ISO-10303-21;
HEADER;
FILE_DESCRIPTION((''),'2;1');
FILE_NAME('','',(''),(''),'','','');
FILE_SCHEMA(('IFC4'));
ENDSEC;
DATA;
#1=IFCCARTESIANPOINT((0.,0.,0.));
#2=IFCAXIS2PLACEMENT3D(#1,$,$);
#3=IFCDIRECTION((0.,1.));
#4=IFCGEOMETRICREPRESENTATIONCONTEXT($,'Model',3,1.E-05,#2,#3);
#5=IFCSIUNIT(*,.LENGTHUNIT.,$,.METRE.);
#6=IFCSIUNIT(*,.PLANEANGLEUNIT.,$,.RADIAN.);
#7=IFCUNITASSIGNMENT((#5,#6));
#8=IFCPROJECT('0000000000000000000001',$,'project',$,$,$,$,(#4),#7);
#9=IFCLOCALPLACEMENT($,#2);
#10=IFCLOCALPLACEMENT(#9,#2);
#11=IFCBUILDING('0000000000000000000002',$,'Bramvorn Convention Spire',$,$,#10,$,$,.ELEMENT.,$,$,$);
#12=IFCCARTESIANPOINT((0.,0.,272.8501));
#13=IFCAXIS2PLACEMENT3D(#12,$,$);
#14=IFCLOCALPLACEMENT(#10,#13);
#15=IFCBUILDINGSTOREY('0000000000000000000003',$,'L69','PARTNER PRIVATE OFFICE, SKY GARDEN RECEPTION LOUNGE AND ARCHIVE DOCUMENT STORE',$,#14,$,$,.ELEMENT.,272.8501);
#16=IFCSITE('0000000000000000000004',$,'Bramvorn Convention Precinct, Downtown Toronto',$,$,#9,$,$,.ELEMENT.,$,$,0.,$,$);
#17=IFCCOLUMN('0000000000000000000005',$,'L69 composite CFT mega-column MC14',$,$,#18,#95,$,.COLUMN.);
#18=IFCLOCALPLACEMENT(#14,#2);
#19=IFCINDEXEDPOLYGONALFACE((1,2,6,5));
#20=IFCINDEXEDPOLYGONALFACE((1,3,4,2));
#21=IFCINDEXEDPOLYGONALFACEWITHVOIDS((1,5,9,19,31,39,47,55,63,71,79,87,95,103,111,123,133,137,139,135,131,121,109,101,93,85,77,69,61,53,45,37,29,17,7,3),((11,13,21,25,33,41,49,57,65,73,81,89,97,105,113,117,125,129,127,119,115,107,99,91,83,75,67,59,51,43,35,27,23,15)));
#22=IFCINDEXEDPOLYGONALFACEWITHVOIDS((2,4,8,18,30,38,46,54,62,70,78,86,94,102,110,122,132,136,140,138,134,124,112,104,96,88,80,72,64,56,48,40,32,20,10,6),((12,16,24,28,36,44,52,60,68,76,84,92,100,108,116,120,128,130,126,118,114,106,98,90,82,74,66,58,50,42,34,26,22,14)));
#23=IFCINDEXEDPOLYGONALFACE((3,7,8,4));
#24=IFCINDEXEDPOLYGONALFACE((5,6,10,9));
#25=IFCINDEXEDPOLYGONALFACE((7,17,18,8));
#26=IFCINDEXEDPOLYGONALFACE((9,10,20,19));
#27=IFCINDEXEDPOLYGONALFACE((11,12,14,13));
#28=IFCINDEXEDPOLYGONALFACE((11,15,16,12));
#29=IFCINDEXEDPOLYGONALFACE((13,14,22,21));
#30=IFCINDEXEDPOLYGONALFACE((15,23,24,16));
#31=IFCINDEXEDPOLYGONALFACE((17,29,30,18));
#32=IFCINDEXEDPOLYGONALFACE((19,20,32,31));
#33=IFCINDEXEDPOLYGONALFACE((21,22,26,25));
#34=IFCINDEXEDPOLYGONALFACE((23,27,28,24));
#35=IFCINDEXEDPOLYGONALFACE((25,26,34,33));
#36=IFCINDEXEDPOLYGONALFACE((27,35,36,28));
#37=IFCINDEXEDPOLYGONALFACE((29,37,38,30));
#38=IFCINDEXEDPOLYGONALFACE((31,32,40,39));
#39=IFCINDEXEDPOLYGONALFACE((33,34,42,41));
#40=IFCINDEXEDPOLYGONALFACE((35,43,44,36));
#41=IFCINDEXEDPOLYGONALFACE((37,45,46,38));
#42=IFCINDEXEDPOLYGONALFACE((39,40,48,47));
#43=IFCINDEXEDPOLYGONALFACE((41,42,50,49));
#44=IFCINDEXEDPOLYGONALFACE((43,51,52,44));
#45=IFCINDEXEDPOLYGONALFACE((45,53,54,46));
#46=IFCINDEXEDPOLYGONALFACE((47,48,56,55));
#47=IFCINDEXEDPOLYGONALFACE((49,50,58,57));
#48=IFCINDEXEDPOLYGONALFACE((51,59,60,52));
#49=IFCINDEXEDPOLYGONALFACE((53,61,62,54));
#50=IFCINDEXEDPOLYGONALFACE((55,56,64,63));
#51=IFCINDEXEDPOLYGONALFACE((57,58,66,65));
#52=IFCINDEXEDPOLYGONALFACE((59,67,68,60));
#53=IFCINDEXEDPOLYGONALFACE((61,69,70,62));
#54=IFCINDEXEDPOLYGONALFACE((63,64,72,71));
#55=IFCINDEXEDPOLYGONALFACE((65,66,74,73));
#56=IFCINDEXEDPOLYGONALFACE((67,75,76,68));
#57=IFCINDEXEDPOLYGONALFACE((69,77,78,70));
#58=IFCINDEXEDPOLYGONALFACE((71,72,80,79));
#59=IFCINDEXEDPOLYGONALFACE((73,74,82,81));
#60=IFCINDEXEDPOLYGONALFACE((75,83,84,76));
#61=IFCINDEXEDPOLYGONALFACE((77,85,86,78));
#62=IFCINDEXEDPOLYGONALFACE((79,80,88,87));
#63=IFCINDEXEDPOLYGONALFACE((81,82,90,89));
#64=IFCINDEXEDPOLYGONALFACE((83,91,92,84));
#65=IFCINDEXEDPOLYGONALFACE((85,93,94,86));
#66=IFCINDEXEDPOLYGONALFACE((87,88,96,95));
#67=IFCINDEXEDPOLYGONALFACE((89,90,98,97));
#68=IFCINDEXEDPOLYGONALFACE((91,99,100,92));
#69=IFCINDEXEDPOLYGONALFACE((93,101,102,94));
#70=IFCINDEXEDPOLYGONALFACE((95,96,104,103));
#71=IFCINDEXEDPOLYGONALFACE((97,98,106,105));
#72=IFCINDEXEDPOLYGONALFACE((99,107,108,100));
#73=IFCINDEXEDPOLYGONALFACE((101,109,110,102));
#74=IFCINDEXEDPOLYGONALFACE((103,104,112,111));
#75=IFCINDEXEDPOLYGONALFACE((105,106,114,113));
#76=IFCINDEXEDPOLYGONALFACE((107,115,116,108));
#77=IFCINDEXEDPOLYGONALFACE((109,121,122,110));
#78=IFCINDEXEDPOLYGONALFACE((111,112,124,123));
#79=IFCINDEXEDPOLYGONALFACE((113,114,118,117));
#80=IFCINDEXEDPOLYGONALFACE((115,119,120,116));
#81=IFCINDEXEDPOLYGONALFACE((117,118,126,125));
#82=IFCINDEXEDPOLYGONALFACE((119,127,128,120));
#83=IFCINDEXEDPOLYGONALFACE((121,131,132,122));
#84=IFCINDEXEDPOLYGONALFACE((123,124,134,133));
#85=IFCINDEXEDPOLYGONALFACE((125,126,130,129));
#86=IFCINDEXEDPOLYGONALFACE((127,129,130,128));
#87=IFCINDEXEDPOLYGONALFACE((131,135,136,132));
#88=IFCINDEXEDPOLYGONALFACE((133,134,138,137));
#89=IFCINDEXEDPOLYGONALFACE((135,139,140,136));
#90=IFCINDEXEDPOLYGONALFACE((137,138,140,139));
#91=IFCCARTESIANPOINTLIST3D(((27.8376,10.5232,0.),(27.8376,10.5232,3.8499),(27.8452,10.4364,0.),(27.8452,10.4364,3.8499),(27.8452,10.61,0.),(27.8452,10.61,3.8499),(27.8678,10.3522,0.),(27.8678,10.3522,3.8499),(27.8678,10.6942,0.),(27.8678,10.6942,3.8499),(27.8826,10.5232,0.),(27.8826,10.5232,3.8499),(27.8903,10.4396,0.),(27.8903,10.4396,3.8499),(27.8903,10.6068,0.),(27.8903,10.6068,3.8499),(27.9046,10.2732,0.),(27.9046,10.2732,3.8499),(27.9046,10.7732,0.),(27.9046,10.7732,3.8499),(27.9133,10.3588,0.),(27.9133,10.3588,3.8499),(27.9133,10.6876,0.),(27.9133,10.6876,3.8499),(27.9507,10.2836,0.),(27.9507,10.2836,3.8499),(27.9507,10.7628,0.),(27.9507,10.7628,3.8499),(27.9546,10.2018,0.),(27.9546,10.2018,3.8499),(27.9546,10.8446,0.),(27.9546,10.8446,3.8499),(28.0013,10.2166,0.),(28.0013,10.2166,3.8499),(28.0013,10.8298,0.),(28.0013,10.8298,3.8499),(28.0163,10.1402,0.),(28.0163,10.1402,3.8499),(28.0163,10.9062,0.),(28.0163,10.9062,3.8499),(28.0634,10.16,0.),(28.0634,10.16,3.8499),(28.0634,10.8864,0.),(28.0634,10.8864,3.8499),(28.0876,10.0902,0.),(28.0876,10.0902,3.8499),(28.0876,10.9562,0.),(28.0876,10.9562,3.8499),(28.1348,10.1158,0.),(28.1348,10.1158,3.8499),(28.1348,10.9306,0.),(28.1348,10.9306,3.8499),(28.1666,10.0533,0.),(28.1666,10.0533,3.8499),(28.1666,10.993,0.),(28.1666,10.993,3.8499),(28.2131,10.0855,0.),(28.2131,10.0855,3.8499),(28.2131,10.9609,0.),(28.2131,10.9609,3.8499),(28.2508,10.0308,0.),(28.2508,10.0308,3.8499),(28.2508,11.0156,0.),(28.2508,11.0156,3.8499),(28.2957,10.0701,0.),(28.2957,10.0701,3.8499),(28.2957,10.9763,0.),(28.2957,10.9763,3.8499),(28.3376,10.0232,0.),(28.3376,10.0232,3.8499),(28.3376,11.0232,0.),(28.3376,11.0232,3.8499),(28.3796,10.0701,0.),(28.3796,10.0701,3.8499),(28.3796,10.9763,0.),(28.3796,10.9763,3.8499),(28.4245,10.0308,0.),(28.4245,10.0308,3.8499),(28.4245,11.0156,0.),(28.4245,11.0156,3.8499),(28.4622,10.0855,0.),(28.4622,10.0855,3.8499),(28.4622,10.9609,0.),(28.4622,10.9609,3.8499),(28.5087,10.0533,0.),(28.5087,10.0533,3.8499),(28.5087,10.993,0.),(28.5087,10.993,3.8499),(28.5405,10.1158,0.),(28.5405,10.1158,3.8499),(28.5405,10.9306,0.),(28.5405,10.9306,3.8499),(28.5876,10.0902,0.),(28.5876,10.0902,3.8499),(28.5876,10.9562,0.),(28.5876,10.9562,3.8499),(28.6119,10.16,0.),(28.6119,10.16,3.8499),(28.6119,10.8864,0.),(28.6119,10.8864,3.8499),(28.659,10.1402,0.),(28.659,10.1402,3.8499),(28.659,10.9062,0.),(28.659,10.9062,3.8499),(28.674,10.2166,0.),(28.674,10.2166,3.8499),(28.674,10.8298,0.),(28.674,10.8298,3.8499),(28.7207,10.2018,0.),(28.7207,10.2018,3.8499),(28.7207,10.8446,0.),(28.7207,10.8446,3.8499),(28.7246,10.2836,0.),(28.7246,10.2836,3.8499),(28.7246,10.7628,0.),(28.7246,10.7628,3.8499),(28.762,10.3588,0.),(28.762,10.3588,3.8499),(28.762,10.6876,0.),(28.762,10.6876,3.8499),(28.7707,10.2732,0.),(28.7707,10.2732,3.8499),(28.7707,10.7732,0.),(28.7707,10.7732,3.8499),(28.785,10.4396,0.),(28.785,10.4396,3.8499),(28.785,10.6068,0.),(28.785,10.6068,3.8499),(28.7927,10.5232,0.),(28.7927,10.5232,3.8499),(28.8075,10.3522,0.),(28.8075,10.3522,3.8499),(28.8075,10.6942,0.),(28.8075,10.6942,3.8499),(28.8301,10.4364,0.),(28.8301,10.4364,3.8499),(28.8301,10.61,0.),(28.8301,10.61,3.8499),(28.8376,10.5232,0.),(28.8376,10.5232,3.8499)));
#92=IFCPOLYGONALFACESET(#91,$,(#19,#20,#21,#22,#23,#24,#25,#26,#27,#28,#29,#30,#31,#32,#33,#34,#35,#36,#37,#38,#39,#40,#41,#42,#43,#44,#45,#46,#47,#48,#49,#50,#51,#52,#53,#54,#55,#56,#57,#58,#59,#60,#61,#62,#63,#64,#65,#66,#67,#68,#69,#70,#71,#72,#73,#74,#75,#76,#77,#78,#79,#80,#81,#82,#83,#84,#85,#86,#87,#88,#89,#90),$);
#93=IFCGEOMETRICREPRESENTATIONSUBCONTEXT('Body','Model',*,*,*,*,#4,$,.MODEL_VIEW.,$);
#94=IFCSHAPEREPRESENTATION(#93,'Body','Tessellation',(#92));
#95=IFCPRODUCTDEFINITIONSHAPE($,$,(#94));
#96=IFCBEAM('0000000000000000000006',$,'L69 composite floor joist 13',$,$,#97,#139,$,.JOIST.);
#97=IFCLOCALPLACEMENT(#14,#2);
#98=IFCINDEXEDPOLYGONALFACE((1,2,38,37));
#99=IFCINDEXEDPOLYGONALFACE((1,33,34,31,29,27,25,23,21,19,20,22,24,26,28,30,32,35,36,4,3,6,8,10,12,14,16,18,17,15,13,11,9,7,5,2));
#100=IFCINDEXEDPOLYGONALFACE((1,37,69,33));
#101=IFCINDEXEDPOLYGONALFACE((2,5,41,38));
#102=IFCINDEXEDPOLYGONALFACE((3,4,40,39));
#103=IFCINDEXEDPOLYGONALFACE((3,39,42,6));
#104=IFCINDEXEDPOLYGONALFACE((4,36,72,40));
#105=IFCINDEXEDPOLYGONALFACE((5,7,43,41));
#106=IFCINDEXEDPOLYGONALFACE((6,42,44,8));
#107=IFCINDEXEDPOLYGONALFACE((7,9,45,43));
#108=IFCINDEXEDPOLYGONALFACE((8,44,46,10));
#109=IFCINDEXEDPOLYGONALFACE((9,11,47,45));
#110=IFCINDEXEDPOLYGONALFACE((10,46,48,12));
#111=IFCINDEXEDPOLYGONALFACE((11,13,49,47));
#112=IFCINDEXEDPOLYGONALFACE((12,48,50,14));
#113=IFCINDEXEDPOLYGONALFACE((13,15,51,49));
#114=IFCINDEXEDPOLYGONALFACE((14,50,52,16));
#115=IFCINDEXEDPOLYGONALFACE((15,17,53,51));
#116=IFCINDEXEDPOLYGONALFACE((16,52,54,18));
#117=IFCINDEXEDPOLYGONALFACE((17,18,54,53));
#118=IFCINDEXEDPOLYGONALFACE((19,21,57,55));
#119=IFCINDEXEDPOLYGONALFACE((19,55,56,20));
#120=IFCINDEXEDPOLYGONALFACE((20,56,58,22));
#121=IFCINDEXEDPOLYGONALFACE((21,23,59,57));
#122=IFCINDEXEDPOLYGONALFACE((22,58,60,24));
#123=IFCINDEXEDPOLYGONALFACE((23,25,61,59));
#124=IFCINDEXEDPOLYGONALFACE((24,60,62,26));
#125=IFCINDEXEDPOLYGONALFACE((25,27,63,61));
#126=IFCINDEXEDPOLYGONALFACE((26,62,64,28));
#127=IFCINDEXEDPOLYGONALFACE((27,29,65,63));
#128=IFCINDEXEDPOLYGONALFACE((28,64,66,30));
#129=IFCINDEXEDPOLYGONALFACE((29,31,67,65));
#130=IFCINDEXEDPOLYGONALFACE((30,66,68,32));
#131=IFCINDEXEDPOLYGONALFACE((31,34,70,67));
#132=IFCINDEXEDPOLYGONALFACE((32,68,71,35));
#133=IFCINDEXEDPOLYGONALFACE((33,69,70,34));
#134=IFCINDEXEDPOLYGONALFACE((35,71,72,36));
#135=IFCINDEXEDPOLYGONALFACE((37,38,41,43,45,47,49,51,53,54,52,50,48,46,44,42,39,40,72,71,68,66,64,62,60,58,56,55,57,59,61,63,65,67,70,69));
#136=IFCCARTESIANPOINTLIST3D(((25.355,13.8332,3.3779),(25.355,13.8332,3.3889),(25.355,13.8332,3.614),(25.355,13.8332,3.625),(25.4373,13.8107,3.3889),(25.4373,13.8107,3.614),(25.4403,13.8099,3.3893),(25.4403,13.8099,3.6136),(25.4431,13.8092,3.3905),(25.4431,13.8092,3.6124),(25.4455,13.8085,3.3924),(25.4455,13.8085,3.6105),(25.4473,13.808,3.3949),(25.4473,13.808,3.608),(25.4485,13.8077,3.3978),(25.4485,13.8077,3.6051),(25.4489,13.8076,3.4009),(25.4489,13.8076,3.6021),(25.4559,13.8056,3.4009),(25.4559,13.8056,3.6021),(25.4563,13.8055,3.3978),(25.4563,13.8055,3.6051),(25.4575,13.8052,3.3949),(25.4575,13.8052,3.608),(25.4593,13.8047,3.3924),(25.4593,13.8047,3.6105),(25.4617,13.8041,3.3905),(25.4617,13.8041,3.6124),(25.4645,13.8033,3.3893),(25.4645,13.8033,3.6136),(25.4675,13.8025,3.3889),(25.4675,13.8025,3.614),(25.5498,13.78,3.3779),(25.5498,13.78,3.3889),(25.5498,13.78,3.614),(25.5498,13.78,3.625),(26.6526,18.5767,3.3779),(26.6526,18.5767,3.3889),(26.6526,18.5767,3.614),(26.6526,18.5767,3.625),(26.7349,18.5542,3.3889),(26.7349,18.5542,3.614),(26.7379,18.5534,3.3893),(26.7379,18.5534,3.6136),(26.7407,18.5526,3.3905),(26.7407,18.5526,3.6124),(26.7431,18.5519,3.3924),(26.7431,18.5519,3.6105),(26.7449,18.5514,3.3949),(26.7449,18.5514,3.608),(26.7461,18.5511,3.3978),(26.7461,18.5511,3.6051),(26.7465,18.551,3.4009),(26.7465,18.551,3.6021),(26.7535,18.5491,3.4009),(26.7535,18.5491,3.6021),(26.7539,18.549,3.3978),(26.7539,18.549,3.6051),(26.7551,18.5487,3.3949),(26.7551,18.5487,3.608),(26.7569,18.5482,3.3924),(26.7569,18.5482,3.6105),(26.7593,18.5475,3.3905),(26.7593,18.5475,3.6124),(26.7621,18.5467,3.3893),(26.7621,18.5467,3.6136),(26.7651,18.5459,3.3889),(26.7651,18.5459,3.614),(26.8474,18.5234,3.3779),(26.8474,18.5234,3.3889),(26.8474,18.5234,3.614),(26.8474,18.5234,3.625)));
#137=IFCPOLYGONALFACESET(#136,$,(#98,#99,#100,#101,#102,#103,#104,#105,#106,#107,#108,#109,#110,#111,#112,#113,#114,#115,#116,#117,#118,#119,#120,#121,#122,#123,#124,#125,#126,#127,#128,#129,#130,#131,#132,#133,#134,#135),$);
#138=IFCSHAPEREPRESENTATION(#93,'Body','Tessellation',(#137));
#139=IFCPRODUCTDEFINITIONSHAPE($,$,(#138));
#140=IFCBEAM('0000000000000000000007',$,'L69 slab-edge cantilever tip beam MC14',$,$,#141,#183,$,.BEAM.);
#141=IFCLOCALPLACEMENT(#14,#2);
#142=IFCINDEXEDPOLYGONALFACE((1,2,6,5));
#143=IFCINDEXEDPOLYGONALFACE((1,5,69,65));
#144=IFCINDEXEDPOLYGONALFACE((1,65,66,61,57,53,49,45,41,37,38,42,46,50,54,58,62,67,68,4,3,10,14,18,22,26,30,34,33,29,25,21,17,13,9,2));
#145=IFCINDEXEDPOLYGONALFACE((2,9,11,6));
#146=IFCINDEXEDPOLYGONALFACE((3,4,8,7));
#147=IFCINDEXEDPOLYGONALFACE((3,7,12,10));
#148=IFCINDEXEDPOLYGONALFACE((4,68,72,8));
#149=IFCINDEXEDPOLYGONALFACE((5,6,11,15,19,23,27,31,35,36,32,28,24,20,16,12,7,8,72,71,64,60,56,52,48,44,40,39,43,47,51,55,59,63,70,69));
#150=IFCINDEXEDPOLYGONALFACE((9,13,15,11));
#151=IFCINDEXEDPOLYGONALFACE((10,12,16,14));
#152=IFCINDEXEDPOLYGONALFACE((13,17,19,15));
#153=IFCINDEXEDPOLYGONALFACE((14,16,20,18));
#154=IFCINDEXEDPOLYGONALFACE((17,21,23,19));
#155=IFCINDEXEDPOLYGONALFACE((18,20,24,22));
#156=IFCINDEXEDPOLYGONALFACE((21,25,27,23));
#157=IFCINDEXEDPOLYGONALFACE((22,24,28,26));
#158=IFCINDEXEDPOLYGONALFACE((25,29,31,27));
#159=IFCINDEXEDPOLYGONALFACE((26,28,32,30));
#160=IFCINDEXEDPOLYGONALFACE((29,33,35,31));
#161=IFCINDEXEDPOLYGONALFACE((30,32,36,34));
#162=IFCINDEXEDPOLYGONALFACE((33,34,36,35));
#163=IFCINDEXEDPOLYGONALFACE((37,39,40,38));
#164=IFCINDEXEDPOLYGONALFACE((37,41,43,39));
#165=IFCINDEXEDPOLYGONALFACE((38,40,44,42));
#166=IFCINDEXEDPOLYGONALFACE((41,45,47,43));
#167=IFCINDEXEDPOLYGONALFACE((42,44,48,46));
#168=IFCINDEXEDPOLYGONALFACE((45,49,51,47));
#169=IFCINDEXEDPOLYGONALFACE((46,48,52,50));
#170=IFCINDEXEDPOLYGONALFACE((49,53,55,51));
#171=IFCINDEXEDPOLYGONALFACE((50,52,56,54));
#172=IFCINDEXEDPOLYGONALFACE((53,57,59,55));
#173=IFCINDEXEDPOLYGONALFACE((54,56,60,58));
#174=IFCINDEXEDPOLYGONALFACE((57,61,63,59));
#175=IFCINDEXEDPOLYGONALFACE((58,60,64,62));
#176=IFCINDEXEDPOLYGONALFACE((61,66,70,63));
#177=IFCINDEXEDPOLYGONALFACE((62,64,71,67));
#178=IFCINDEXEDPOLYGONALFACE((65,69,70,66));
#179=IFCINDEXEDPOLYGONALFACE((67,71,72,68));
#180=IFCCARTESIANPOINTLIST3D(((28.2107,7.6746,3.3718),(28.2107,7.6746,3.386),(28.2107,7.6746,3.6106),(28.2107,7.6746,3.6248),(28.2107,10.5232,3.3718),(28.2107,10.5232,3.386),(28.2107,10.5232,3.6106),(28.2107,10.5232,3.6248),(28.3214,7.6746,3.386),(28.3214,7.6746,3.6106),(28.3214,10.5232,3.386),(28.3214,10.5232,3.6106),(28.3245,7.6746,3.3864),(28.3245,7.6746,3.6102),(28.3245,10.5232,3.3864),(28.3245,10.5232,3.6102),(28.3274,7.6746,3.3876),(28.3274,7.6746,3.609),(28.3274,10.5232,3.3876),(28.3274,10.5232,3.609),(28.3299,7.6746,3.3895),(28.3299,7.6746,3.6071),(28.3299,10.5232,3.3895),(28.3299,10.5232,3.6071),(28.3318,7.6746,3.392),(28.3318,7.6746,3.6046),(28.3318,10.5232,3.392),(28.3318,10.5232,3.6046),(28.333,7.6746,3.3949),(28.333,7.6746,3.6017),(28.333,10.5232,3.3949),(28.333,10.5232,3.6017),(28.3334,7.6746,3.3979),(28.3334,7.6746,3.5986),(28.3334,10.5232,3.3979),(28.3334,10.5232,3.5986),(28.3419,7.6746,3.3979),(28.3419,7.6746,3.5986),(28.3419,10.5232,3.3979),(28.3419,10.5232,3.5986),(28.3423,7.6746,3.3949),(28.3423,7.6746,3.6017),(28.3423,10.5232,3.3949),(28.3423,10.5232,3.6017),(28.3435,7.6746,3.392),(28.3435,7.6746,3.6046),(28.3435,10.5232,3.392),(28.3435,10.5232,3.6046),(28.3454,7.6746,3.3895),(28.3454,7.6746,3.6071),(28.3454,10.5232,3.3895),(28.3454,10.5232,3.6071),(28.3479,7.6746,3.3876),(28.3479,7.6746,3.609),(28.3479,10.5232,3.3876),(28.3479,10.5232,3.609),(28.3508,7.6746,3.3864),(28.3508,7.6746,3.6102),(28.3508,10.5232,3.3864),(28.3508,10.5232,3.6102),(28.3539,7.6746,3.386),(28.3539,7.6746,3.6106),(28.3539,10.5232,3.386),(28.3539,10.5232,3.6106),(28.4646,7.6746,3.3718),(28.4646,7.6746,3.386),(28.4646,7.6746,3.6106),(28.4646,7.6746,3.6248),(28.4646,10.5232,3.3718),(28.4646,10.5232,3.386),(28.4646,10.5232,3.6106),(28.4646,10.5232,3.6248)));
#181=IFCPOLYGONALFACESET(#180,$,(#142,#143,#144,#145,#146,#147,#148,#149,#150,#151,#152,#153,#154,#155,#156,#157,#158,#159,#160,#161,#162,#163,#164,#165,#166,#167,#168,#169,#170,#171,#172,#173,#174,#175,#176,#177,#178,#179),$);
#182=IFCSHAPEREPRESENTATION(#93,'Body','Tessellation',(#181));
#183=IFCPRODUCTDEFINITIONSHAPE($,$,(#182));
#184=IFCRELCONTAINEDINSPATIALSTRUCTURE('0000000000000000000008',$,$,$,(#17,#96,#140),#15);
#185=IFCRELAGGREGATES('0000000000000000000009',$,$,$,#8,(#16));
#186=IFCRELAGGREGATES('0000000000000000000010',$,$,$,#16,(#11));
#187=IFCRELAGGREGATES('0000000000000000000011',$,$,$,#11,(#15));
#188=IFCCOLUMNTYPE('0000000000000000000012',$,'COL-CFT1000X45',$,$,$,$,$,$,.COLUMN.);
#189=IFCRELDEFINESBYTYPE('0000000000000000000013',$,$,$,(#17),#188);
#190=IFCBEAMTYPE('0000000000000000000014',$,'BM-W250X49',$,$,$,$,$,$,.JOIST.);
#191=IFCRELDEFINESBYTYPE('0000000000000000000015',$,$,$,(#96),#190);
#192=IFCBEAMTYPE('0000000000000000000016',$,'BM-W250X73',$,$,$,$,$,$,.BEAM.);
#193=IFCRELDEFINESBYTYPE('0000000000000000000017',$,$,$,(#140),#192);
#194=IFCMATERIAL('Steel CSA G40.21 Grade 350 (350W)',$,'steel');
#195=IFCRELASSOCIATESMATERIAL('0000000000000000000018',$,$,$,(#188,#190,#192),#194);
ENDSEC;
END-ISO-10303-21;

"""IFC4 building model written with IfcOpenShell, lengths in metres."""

from ifc_helpers import new_model, si_unit, direction, frame, origin, origin_2d, place, context, subcontext, project, spatial, hollow_circle, i_section, extrude, material, material_profile, profile_set, type_object, element, save


model = new_model("IFC4")

# Units and contexts
model_context = context("Model", 3, precision=1e-05, world=origin(), true_north=direction((0.0, 1.0)))
body_context = subcontext(model_context, "Body", "Model", "MODEL_VIEW")
ifc_project = project(units=[si_unit("LENGTHUNIT", "METRE"), si_unit("PLANEANGLEUNIT", "RADIAN")], contexts=[model_context])

# Site, building, storey
site_placement = place(None, origin())
site = spatial("IfcSite", under=ifc_project, at=site_placement, Name="Bramvorn Convention Precinct, Downtown Toronto", CompositionType="ELEMENT", RefElevation=0.0)
building_placement = place(site_placement, origin())
building = spatial("IfcBuilding", under=site, at=building_placement, Name="Bramvorn Convention Spire", CompositionType="ELEMENT")
storey_placement = place(building_placement, frame((0.0, 0.0, 272.8501)))
storey = spatial("IfcBuildingStorey", under=building, at=storey_placement, Name="L69", Description="PARTNER PRIVATE OFFICE, SKY GARDEN RECEPTION LOUNGE AND ARCHIVE DOCUMENT STORE", CompositionType="ELEMENT", Elevation=272.8501)

# Column
ifc_material_1 = material(Name="Steel CSA G40.21 Grade 350 (350W)", Category="steel")
ifc_material_profile_1 = material_profile(ifc_material_1, hollow_circle(Radius=0.5, WallThickness=0.0449, at=origin_2d()))
ifc_profile_set_1 = profile_set([ifc_material_profile_1], Name="Steel CSA G40.21 Grade 350 (350W) - CFT1000X45")
column_type = type_object("IfcColumnType", Name="COL-CFT1000X45", PredefinedType="COLUMN", material=ifc_profile_set_1)
column_placement = place(storey_placement, frame((28.3376, 10.5232, 0.0), z_axis=(0.0, 0.0, 1.0), x_axis=(1.0, 0.0, 0.0)))
element("IfcColumn", 1, at=column_placement, inside=storey, type_object=column_type, Name="L69 composite CFT mega-column MC14", PredefinedType="COLUMN", context=body_context, shape_type="SweptSolid", body=[
    extrude(hollow_circle(Radius=0.5, WallThickness=0.0449, at=origin_2d()), origin(), (0.0, 0.0, 1.0), 3.8499),
])

# Beams
ifc_material_profile_2 = material_profile(ifc_material_1, i_section(OverallWidth=0.2019, OverallDepth=0.2471, WebThickness=0.0073, FlangeThickness=0.011, FilletRadius=0.012, at=origin_2d()))
ifc_profile_set_2 = profile_set([ifc_material_profile_2], Name="Steel CSA G40.21 Grade 350 (350W) - W250X49")
beam_type_1 = type_object("IfcBeamType", Name="BM-W250X49", PredefinedType="JOIST", material=ifc_profile_set_2)
beam_1_placement = place(storey_placement, frame((26.75, 18.55, 3.5015), z_axis=(-0.263865, -0.96456, 0.0), x_axis=(0.96456, -0.263865, 0.0)))
element("IfcBeam", 2, at=beam_1_placement, inside=storey, type_object=beam_type_1, Name="L69 composite floor joist 13", PredefinedType="JOIST", context=body_context, shape_type="SweptSolid", body=[
    extrude(i_section(OverallWidth=0.2019, OverallDepth=0.2471, WebThickness=0.0073, FlangeThickness=0.011, FilletRadius=0.012, at=origin_2d()), origin(), (0.0, 0.0, 1.0), 4.9177),
])
ifc_material_profile_3 = material_profile(ifc_material_1, i_section(OverallWidth=0.2539, OverallDepth=0.2529, WebThickness=0.0085, FlangeThickness=0.0142, FilletRadius=0.012, at=origin_2d()))
ifc_profile_set_3 = profile_set([ifc_material_profile_3], Name="Steel CSA G40.21 Grade 350 (350W) - W250X73")
beam_type_2 = type_object("IfcBeamType", Name="BM-W250X73", PredefinedType="BEAM", material=ifc_profile_set_3)
beam_2_placement = place(storey_placement, frame((28.3376, 10.5232, 3.4983), z_axis=(0.0, -1.0, 0.0), x_axis=(1.0, 0.0, 0.0)))
element("IfcBeam", 3, at=beam_2_placement, inside=storey, type_object=beam_type_2, Name="L69 slab-edge cantilever tip beam MC14", PredefinedType="BEAM", context=body_context, shape_type="SweptSolid", body=[
    extrude(i_section(OverallWidth=0.2539, OverallDepth=0.2529, WebThickness=0.0085, FlangeThickness=0.0142, FilletRadius=0.012, at=origin_2d()), origin(), (0.0, 0.0, 1.0), 2.8486),
])

save(model, "model.ifc")
